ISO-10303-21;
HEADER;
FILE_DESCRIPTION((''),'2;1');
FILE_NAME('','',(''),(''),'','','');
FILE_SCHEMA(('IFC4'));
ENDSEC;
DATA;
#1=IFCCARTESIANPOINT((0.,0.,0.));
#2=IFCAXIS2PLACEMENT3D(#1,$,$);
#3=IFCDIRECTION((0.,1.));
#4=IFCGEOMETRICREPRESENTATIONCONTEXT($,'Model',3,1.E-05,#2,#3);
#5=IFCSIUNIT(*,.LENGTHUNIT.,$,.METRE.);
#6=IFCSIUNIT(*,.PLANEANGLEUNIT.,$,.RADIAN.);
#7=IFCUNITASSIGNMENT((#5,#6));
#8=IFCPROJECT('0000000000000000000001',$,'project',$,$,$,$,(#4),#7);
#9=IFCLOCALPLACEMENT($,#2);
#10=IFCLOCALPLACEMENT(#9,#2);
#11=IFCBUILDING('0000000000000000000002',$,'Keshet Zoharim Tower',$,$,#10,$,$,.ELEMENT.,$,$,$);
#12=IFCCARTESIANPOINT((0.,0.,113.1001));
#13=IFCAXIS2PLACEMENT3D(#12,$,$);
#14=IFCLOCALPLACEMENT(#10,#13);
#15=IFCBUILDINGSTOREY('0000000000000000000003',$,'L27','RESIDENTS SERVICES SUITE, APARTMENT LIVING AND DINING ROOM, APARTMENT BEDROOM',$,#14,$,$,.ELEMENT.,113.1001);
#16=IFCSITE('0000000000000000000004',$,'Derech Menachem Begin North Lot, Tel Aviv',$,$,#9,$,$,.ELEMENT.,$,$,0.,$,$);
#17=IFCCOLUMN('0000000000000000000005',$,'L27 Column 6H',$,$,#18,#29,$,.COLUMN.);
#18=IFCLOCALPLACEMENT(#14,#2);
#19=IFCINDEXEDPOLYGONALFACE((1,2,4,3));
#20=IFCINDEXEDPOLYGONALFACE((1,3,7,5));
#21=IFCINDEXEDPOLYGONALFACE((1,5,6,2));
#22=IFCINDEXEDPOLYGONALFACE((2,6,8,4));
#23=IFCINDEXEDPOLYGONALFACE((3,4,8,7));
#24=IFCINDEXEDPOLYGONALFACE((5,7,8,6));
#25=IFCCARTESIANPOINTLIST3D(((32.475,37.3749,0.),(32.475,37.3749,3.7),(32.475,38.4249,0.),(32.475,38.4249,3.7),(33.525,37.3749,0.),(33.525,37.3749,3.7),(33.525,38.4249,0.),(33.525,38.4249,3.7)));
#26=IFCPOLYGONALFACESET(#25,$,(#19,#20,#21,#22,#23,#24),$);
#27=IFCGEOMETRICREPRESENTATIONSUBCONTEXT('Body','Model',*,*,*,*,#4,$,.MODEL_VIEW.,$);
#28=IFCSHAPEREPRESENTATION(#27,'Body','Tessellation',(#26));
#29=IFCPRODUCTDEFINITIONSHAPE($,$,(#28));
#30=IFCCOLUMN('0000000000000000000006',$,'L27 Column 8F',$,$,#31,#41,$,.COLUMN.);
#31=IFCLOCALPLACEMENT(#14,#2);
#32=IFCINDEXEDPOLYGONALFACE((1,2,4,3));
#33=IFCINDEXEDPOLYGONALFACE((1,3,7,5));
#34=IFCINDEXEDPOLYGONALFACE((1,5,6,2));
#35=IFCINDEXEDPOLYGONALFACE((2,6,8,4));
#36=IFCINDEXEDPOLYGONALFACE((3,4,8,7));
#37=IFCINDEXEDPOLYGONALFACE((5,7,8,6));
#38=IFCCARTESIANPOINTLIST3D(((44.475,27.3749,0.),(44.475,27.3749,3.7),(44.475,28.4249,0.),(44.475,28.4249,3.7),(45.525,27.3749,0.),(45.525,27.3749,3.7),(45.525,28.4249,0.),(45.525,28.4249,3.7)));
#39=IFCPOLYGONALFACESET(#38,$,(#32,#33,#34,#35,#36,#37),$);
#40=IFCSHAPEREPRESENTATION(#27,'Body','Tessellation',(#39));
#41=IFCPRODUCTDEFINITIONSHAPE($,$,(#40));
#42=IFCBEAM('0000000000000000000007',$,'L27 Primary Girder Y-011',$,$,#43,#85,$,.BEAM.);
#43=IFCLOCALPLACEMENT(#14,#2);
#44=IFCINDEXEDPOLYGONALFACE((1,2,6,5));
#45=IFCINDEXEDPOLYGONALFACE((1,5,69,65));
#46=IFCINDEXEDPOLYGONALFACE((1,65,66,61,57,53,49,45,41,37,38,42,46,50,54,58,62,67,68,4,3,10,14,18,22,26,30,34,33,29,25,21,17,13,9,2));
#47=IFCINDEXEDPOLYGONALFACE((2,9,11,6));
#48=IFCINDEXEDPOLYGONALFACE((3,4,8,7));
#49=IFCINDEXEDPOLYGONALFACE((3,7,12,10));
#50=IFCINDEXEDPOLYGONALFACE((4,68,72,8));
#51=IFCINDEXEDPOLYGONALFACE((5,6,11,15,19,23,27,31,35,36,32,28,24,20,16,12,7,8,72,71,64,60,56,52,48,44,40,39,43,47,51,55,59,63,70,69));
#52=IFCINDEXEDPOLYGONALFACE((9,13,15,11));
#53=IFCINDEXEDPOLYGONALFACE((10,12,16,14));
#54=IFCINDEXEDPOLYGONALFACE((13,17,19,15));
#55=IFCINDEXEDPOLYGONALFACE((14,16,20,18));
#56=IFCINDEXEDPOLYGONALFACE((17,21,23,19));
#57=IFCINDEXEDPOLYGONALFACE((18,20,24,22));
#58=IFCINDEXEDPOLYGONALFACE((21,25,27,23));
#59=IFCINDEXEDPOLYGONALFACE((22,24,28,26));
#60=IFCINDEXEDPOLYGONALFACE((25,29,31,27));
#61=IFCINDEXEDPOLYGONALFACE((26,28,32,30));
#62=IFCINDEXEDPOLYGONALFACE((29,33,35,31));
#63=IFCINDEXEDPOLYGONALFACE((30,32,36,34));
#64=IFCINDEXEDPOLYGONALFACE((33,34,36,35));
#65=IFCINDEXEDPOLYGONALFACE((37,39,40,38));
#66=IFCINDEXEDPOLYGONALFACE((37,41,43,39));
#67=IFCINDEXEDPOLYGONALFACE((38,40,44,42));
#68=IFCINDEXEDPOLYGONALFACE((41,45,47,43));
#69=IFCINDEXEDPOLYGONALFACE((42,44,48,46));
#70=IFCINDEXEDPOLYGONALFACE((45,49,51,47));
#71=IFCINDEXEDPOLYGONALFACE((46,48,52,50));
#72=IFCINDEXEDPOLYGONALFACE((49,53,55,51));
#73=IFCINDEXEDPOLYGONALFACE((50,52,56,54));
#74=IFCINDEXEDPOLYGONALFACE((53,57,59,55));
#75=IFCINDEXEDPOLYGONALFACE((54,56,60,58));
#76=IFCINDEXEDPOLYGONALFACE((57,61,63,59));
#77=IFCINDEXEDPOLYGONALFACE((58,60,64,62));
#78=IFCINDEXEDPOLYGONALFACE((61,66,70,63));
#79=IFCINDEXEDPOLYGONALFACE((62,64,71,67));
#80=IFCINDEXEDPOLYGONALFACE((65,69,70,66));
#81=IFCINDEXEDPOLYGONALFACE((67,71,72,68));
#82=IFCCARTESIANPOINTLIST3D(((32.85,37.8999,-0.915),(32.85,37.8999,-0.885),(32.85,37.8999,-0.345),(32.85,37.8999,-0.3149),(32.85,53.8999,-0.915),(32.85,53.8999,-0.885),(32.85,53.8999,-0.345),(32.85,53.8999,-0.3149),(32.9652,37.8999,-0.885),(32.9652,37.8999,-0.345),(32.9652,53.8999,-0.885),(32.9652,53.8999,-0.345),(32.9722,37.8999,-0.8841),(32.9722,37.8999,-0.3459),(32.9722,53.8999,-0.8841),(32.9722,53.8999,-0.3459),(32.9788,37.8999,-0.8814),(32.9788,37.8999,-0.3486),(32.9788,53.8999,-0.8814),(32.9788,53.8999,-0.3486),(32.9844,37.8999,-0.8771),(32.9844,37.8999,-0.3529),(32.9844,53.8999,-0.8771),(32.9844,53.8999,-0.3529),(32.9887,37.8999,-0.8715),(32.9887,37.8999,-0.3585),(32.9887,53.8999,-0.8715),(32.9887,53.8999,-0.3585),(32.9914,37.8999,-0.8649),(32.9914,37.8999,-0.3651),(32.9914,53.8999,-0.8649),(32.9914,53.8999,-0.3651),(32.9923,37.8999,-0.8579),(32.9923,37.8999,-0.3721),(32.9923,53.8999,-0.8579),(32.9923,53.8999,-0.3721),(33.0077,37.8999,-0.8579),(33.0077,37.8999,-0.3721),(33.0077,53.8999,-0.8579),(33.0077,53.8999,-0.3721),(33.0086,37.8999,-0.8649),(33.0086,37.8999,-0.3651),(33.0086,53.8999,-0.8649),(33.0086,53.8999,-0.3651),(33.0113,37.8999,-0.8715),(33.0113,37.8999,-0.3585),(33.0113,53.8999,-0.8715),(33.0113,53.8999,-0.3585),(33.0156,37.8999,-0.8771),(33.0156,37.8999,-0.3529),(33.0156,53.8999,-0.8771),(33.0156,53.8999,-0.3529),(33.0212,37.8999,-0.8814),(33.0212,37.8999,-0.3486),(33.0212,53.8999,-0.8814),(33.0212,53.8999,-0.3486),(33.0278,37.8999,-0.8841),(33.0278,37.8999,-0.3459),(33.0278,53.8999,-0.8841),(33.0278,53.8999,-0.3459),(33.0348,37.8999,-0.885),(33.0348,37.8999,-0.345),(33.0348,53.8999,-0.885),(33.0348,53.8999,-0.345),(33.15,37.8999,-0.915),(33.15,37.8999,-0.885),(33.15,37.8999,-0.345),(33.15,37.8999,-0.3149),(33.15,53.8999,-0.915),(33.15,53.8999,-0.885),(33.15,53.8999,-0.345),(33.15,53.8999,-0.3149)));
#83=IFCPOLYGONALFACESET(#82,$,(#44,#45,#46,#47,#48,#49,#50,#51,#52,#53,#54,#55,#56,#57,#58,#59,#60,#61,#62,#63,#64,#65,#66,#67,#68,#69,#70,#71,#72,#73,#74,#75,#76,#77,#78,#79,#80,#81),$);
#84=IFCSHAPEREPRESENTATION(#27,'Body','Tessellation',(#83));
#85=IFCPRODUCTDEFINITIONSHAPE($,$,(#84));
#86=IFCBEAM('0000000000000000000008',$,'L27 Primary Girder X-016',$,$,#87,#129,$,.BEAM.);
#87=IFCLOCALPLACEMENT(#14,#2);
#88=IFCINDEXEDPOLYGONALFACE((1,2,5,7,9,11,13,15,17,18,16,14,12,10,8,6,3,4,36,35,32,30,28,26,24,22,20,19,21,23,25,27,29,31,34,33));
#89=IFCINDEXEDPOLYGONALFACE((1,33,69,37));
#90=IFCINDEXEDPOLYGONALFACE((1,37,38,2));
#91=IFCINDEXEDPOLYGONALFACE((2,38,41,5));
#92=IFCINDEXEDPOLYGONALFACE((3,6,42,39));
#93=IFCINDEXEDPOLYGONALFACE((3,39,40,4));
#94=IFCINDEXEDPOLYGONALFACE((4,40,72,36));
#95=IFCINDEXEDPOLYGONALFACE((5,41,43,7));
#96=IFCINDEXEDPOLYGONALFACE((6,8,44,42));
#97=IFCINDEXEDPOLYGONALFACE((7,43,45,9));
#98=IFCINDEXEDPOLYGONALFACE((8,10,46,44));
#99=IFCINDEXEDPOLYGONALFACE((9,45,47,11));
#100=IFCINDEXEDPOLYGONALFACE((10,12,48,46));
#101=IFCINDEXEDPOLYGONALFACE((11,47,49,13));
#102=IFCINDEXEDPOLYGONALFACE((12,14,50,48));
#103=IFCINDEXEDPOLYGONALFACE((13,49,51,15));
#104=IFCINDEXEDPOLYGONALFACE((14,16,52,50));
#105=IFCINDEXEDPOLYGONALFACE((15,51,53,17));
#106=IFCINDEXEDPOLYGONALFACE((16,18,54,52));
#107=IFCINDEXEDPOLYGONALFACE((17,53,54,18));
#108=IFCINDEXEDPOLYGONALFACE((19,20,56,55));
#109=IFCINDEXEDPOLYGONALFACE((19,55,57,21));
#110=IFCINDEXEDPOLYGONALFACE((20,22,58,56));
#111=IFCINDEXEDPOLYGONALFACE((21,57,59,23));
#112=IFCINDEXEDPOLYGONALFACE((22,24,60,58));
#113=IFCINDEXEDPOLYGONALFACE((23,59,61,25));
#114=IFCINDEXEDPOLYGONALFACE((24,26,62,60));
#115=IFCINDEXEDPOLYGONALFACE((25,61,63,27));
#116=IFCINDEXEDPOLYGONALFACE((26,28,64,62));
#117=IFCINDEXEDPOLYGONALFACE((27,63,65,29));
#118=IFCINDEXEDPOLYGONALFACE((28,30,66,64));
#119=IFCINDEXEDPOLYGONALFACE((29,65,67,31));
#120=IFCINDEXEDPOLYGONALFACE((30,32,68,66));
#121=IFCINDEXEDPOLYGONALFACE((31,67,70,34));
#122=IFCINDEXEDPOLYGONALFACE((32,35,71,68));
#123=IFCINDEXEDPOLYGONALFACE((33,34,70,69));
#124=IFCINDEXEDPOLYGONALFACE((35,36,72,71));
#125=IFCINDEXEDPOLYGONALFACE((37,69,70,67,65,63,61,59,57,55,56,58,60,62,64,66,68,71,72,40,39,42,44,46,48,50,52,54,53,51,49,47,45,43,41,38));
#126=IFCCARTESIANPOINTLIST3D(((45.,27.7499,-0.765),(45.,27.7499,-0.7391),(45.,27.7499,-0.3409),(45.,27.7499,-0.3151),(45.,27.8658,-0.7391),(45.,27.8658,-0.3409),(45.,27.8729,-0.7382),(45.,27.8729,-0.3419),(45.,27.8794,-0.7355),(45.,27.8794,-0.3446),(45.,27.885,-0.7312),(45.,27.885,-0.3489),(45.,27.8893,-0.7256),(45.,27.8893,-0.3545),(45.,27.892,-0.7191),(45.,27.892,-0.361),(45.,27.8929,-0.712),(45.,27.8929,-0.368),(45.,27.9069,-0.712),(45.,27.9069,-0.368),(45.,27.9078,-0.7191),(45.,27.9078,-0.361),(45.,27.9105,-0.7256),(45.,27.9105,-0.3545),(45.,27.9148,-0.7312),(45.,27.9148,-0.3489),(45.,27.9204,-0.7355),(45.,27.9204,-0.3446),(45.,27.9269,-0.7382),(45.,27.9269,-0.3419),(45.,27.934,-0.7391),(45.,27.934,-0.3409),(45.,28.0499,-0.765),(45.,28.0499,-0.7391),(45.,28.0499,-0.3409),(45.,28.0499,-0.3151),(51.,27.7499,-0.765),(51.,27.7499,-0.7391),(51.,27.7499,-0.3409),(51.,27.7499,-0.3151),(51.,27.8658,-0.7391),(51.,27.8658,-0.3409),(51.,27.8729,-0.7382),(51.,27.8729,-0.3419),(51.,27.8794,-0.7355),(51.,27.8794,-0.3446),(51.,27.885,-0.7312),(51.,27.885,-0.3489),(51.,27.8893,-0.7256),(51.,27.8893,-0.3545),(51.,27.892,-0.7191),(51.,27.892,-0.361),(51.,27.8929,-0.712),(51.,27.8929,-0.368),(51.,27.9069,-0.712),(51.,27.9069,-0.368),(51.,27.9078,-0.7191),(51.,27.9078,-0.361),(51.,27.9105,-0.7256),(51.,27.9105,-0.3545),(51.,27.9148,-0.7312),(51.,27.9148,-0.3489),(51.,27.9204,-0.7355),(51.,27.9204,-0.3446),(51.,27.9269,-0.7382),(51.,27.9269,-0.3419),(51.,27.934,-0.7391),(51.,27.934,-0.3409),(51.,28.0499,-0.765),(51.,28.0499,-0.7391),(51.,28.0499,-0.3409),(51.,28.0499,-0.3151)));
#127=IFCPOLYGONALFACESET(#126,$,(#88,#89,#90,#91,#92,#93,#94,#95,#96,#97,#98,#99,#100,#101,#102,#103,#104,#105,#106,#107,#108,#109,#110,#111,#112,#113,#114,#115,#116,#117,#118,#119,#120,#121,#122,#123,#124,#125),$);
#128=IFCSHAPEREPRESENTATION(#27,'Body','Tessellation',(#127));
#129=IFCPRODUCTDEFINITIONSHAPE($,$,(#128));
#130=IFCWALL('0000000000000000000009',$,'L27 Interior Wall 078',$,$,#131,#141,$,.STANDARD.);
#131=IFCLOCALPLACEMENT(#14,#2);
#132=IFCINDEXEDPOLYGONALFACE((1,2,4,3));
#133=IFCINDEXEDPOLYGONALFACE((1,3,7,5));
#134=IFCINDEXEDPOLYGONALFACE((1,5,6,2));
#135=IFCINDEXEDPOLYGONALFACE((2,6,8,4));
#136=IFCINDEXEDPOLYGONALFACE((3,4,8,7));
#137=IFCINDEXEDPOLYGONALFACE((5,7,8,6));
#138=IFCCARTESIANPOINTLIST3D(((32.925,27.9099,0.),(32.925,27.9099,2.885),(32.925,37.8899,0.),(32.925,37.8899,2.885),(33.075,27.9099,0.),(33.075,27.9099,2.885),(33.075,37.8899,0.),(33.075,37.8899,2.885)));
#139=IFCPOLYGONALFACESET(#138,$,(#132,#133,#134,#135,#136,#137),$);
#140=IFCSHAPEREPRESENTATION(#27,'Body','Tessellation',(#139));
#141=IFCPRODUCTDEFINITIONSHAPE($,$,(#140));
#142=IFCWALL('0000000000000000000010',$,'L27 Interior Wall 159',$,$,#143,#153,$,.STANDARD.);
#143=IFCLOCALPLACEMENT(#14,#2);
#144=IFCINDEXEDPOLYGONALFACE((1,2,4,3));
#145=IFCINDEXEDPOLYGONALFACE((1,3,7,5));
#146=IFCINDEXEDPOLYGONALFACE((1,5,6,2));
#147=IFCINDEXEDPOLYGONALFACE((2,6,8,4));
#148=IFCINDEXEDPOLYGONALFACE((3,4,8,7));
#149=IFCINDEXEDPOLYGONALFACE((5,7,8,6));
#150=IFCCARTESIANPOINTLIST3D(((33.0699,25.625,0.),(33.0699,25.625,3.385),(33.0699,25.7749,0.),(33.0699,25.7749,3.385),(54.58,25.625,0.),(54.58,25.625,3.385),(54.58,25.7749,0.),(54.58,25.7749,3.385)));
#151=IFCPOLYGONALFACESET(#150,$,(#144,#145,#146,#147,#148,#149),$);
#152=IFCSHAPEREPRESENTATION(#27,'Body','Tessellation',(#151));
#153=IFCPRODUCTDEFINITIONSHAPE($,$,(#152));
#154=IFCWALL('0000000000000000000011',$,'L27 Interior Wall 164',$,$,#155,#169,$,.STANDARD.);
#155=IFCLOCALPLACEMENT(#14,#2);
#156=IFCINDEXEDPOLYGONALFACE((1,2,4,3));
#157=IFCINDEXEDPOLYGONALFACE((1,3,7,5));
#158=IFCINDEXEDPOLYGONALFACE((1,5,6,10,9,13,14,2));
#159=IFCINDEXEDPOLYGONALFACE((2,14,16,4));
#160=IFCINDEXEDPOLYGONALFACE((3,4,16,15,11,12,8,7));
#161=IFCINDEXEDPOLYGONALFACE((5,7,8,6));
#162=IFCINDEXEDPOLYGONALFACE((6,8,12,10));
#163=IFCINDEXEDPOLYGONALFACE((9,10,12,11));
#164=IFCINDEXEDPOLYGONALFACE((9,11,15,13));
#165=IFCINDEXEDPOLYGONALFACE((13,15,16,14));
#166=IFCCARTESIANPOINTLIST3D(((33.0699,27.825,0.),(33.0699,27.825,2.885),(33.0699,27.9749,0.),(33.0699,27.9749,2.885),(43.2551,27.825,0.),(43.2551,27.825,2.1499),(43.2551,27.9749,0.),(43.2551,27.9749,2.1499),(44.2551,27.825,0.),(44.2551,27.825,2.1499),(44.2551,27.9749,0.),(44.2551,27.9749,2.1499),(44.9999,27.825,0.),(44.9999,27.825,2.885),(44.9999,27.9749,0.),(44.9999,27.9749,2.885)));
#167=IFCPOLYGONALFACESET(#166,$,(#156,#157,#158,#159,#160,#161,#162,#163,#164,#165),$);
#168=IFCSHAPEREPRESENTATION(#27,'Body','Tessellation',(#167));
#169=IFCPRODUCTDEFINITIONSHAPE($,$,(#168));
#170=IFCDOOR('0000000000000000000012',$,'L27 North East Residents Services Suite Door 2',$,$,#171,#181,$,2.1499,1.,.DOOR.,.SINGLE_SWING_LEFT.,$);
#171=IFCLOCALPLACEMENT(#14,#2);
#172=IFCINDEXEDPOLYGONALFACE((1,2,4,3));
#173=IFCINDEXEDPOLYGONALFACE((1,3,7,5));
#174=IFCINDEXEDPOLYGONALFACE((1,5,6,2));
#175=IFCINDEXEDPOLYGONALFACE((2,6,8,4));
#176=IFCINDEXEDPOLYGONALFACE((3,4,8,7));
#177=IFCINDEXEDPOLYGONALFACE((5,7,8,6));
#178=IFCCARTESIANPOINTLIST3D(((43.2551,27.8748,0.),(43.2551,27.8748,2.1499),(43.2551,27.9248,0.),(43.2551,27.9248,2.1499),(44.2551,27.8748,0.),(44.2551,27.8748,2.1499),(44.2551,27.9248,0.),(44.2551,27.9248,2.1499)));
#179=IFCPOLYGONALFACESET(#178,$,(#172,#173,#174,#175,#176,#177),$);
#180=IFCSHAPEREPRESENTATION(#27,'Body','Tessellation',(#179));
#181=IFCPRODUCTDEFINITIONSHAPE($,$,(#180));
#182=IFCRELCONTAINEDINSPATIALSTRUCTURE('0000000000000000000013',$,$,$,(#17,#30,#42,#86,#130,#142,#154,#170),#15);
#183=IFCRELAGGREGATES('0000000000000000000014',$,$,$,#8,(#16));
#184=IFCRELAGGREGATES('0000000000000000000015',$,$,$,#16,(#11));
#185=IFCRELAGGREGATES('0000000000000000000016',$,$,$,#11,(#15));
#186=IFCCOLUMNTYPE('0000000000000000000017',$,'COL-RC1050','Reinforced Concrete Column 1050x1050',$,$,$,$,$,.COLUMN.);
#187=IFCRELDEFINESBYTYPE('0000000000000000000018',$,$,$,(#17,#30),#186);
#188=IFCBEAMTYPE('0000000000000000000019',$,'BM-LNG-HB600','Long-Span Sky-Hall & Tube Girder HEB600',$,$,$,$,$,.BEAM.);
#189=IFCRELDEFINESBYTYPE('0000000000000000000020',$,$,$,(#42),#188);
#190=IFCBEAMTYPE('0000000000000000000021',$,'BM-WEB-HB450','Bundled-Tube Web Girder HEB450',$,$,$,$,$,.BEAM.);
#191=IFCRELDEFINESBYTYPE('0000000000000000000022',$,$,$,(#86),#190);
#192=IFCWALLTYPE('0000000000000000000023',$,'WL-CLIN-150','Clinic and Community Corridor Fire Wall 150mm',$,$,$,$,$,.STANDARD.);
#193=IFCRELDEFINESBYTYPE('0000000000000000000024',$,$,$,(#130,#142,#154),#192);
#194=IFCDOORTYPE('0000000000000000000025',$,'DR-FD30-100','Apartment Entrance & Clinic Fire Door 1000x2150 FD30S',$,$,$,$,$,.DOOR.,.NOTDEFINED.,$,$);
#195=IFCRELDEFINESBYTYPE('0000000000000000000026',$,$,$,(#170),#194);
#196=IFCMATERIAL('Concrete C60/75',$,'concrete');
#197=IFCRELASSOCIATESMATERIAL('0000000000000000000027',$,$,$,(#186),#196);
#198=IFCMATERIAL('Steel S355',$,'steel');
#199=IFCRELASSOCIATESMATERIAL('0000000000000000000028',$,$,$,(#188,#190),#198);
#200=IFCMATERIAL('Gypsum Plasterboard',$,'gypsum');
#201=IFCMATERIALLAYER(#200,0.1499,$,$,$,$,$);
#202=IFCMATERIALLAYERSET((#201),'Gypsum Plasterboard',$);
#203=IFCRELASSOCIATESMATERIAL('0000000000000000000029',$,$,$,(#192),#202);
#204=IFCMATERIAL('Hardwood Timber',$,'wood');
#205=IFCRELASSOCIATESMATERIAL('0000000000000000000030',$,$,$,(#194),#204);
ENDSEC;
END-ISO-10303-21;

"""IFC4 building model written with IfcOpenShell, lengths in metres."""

from ifc_helpers import new_model, si_unit, direction, frame, frame_2d, origin, origin_2d, place, context, subcontext, project, spatial, rectangle, i_section, extrude, material, layer, layer_set, material_profile, profile_set, type_object, element, fill, save


model = new_model("IFC4")

# Units and contexts
model_context = context("Model", 3, precision=1e-05, world=origin(), true_north=direction((0.0, 1.0)))
body_context = subcontext(model_context, "Body", "Model", "MODEL_VIEW")
ifc_project = project(units=[si_unit("LENGTHUNIT", "METRE"), si_unit("PLANEANGLEUNIT", "RADIAN")], contexts=[model_context])

# Site, building, storey
site_placement = place(None, origin())
site = spatial("IfcSite", under=ifc_project, at=site_placement, Name="Derech Menachem Begin North Lot, Tel Aviv", CompositionType="ELEMENT", RefElevation=0.0)
building_placement = place(site_placement, origin())
building = spatial("IfcBuilding", under=site, at=building_placement, Name="Keshet Zoharim Tower", CompositionType="ELEMENT")
storey_placement = place(building_placement, frame((0.0, 0.0, 113.1001)))
storey = spatial("IfcBuildingStorey", under=building, at=storey_placement, Name="L27", Description="RESIDENTS SERVICES SUITE, APARTMENT LIVING AND DINING ROOM, APARTMENT BEDROOM", CompositionType="ELEMENT", Elevation=113.1001)

# Columns
ifc_material_1 = material(Name="Concrete C60/75", Category="concrete")
ifc_material_profile_1 = material_profile(ifc_material_1, rectangle(XDim=1.05, YDim=1.05, at=origin_2d()), Name="RC1050x1050")
ifc_profile_set_1 = profile_set([ifc_material_profile_1], Name="Concrete C60/75")
column_type = type_object("IfcColumnType", Name="COL-RC1050", Description="Reinforced Concrete Column 1050x1050", PredefinedType="COLUMN", material=ifc_profile_set_1)
for number, where, z_axis, x_axis, name in (
    (1, (33.0, 37.8999, 0.0), (0.0, 0.0, 1.0), (1.0, 0.0, 0.0), "L27 Column 6H"),
    (2, (45.0, 27.8999, 0.0), (0.0, 0.0, 1.0), (1.0, 0.0, 0.0), "L27 Column 8F"),
):
    element("IfcColumn", number, at=place(storey_placement, frame(where, z_axis=z_axis, x_axis=x_axis)), inside=storey, type_object=column_type, Name=name, PredefinedType="COLUMN", context=body_context, shape_type="SweptSolid", body=[
        extrude(rectangle(XDim=1.05, YDim=1.05, at=origin_2d()), origin(), (0.0, 0.0, 1.0), 3.7),
    ])

# Beams
ifc_material_2 = material(Name="Steel S355", Category="steel")
ifc_material_profile_2 = material_profile(ifc_material_2, i_section(OverallWidth=0.3, OverallDepth=0.6001, WebThickness=0.0154, FlangeThickness=0.03, FilletRadius=0.0271, at=origin_2d()), Name="HEB600")
ifc_profile_set_2 = profile_set([ifc_material_profile_2], Name="Steel S355")
beam_type_1 = type_object("IfcBeamType", Name="BM-LNG-HB600", Description="Long-Span Sky-Hall & Tube Girder HEB600", PredefinedType="BEAM", material=ifc_profile_set_2)
beam_1_placement = place(storey_placement, frame((33.0, 37.8999, -0.615), z_axis=(0.0, 1.0, 0.0), x_axis=(-1.0, 0.0, 0.0)))
element("IfcBeam", 3, at=beam_1_placement, inside=storey, type_object=beam_type_1, Name="L27 Primary Girder Y-011", PredefinedType="BEAM", context=body_context, shape_type="SweptSolid", body=[
    extrude(i_section(OverallWidth=0.3, OverallDepth=0.6001, WebThickness=0.0154, FlangeThickness=0.03, FilletRadius=0.0271, at=origin_2d()), origin(), (0.0, 0.0, 1.0), 16.0),
])
ifc_material_profile_3 = material_profile(ifc_material_2, i_section(OverallWidth=0.3, OverallDepth=0.45, WebThickness=0.0139, FlangeThickness=0.0259, FilletRadius=0.0271, at=origin_2d()), Name="HEB450")
ifc_profile_set_3 = profile_set([ifc_material_profile_3], Name="Steel S355")
beam_type_2 = type_object("IfcBeamType", Name="BM-WEB-HB450", Description="Bundled-Tube Web Girder HEB450", PredefinedType="BEAM", material=ifc_profile_set_3)
beam_2_placement = place(storey_placement, frame((45.0, 27.8999, -0.54), z_axis=(1.0, 0.0, 0.0), x_axis=(0.0, 1.0, 0.0)))
element("IfcBeam", 4, at=beam_2_placement, inside=storey, type_object=beam_type_2, Name="L27 Primary Girder X-016", PredefinedType="BEAM", context=body_context, shape_type="SweptSolid", body=[
    extrude(i_section(OverallWidth=0.3, OverallDepth=0.45, WebThickness=0.0139, FlangeThickness=0.0259, FilletRadius=0.0271, at=origin_2d()), origin(), (0.0, 0.0, 1.0), 6.0),
])

# Walls
ifc_material_3 = material(Name="Gypsum Plasterboard", Category="gypsum")
ifc_layer_1 = layer(ifc_material_3, 0.1499)
ifc_layer_set_1 = layer_set([ifc_layer_1], Name="Gypsum Plasterboard")
wall_type_1 = type_object("IfcWallType", Name="WL-CLIN-150", Description="Clinic and Community Corridor Fire Wall 150mm", PredefinedType="STANDARD", material=ifc_layer_set_1)
wall_1_placement = place(storey_placement, frame((33.0, 27.9099, 0.0), z_axis=(0.0, 0.0, 1.0), x_axis=(0.0, 1.0, 0.0)))
element("IfcWall", 5, at=wall_1_placement, inside=storey, type_object=wall_type_1, Name="L27 Interior Wall 078", PredefinedType="STANDARD", context=body_context, shape_type="SweptSolid", body=[
    extrude(rectangle(XDim=9.98, YDim=0.1499, at=frame_2d((4.99, 0.0))), origin(), (0.0, 0.0, 1.0), 2.885),
])
wall_2_placement = place(storey_placement, frame((33.0701, 25.7, 0.0), z_axis=(0.0, 0.0, 1.0), x_axis=(1.0, 0.0, 0.0)))
element("IfcWall", 6, at=wall_2_placement, inside=storey, type_object=wall_type_1, Name="L27 Interior Wall 159", PredefinedType="STANDARD", context=body_context, shape_type="SweptSolid", body=[
    extrude(rectangle(XDim=21.51, YDim=0.1499, at=frame_2d((10.7549, 0.0))), origin(), (0.0, 0.0, 1.0), 3.385),
])

# Wall, opening, door
wall_3_placement = place(storey_placement, frame((33.0701, 27.8999, 0.0), z_axis=(0.0, 0.0, 1.0), x_axis=(1.0, 0.0, 0.0)))
wall_3 = element("IfcWall", 7, at=wall_3_placement, inside=storey, type_object=wall_type_1, Name="L27 Interior Wall 164", PredefinedType="STANDARD", context=body_context, shape_type="SweptSolid", body=[
    extrude(rectangle(XDim=11.9299, YDim=0.1499, at=frame_2d((5.9648, 0.0))), origin(), (0.0, 0.0, 1.0), 2.885),
])
opening_1_placement = place(wall_3_placement, frame((10.1851, 0.0, 0.0)))
opening_1 = element("IfcOpeningElement", 8, at=opening_1_placement, cuts=wall_3, PredefinedType="OPENING", context=body_context, shape_type="SweptSolid", body=[
    extrude(rectangle(XDim=1.0, YDim=2.1499, at=frame_2d((0.5, 1.075))), frame((0.0, 0.085, 0.0), z_axis=(0.0, -1.0, 0.0), x_axis=(1.0, 0.0, 0.0)), (0.0, 0.0, 1.0), 0.1699),
])
ifc_material_4 = material(Name="Hardwood Timber", Category="wood")
door_type = type_object("IfcDoorType", Name="DR-FD30-100", Description="Apartment Entrance & Clinic Fire Door 1000x2150 FD30S", OperationType="NOTDEFINED", PredefinedType="DOOR", material=ifc_material_4)
door_1_placement = place(opening_1_placement, origin())
door_1 = element("IfcDoor", 9, at=door_1_placement, inside=storey, type_object=door_type, Name="L27 North East Residents Services Suite Door 2", OperationType="SINGLE_SWING_LEFT", OverallHeight=2.1499, OverallWidth=1.0, PredefinedType="DOOR", context=body_context, shape_type="SweptSolid", body=[
    extrude(rectangle(XDim=1.0, YDim=2.1499, at=frame_2d((0.5, 1.075))), frame((0.0, 0.0249, 0.0), z_axis=(0.0, -1.0, 0.0), x_axis=(1.0, 0.0, 0.0)), (0.0, 0.0, 1.0), 0.05),
])
fill(opening_1, door_1)

save(model, "model.ifc")
